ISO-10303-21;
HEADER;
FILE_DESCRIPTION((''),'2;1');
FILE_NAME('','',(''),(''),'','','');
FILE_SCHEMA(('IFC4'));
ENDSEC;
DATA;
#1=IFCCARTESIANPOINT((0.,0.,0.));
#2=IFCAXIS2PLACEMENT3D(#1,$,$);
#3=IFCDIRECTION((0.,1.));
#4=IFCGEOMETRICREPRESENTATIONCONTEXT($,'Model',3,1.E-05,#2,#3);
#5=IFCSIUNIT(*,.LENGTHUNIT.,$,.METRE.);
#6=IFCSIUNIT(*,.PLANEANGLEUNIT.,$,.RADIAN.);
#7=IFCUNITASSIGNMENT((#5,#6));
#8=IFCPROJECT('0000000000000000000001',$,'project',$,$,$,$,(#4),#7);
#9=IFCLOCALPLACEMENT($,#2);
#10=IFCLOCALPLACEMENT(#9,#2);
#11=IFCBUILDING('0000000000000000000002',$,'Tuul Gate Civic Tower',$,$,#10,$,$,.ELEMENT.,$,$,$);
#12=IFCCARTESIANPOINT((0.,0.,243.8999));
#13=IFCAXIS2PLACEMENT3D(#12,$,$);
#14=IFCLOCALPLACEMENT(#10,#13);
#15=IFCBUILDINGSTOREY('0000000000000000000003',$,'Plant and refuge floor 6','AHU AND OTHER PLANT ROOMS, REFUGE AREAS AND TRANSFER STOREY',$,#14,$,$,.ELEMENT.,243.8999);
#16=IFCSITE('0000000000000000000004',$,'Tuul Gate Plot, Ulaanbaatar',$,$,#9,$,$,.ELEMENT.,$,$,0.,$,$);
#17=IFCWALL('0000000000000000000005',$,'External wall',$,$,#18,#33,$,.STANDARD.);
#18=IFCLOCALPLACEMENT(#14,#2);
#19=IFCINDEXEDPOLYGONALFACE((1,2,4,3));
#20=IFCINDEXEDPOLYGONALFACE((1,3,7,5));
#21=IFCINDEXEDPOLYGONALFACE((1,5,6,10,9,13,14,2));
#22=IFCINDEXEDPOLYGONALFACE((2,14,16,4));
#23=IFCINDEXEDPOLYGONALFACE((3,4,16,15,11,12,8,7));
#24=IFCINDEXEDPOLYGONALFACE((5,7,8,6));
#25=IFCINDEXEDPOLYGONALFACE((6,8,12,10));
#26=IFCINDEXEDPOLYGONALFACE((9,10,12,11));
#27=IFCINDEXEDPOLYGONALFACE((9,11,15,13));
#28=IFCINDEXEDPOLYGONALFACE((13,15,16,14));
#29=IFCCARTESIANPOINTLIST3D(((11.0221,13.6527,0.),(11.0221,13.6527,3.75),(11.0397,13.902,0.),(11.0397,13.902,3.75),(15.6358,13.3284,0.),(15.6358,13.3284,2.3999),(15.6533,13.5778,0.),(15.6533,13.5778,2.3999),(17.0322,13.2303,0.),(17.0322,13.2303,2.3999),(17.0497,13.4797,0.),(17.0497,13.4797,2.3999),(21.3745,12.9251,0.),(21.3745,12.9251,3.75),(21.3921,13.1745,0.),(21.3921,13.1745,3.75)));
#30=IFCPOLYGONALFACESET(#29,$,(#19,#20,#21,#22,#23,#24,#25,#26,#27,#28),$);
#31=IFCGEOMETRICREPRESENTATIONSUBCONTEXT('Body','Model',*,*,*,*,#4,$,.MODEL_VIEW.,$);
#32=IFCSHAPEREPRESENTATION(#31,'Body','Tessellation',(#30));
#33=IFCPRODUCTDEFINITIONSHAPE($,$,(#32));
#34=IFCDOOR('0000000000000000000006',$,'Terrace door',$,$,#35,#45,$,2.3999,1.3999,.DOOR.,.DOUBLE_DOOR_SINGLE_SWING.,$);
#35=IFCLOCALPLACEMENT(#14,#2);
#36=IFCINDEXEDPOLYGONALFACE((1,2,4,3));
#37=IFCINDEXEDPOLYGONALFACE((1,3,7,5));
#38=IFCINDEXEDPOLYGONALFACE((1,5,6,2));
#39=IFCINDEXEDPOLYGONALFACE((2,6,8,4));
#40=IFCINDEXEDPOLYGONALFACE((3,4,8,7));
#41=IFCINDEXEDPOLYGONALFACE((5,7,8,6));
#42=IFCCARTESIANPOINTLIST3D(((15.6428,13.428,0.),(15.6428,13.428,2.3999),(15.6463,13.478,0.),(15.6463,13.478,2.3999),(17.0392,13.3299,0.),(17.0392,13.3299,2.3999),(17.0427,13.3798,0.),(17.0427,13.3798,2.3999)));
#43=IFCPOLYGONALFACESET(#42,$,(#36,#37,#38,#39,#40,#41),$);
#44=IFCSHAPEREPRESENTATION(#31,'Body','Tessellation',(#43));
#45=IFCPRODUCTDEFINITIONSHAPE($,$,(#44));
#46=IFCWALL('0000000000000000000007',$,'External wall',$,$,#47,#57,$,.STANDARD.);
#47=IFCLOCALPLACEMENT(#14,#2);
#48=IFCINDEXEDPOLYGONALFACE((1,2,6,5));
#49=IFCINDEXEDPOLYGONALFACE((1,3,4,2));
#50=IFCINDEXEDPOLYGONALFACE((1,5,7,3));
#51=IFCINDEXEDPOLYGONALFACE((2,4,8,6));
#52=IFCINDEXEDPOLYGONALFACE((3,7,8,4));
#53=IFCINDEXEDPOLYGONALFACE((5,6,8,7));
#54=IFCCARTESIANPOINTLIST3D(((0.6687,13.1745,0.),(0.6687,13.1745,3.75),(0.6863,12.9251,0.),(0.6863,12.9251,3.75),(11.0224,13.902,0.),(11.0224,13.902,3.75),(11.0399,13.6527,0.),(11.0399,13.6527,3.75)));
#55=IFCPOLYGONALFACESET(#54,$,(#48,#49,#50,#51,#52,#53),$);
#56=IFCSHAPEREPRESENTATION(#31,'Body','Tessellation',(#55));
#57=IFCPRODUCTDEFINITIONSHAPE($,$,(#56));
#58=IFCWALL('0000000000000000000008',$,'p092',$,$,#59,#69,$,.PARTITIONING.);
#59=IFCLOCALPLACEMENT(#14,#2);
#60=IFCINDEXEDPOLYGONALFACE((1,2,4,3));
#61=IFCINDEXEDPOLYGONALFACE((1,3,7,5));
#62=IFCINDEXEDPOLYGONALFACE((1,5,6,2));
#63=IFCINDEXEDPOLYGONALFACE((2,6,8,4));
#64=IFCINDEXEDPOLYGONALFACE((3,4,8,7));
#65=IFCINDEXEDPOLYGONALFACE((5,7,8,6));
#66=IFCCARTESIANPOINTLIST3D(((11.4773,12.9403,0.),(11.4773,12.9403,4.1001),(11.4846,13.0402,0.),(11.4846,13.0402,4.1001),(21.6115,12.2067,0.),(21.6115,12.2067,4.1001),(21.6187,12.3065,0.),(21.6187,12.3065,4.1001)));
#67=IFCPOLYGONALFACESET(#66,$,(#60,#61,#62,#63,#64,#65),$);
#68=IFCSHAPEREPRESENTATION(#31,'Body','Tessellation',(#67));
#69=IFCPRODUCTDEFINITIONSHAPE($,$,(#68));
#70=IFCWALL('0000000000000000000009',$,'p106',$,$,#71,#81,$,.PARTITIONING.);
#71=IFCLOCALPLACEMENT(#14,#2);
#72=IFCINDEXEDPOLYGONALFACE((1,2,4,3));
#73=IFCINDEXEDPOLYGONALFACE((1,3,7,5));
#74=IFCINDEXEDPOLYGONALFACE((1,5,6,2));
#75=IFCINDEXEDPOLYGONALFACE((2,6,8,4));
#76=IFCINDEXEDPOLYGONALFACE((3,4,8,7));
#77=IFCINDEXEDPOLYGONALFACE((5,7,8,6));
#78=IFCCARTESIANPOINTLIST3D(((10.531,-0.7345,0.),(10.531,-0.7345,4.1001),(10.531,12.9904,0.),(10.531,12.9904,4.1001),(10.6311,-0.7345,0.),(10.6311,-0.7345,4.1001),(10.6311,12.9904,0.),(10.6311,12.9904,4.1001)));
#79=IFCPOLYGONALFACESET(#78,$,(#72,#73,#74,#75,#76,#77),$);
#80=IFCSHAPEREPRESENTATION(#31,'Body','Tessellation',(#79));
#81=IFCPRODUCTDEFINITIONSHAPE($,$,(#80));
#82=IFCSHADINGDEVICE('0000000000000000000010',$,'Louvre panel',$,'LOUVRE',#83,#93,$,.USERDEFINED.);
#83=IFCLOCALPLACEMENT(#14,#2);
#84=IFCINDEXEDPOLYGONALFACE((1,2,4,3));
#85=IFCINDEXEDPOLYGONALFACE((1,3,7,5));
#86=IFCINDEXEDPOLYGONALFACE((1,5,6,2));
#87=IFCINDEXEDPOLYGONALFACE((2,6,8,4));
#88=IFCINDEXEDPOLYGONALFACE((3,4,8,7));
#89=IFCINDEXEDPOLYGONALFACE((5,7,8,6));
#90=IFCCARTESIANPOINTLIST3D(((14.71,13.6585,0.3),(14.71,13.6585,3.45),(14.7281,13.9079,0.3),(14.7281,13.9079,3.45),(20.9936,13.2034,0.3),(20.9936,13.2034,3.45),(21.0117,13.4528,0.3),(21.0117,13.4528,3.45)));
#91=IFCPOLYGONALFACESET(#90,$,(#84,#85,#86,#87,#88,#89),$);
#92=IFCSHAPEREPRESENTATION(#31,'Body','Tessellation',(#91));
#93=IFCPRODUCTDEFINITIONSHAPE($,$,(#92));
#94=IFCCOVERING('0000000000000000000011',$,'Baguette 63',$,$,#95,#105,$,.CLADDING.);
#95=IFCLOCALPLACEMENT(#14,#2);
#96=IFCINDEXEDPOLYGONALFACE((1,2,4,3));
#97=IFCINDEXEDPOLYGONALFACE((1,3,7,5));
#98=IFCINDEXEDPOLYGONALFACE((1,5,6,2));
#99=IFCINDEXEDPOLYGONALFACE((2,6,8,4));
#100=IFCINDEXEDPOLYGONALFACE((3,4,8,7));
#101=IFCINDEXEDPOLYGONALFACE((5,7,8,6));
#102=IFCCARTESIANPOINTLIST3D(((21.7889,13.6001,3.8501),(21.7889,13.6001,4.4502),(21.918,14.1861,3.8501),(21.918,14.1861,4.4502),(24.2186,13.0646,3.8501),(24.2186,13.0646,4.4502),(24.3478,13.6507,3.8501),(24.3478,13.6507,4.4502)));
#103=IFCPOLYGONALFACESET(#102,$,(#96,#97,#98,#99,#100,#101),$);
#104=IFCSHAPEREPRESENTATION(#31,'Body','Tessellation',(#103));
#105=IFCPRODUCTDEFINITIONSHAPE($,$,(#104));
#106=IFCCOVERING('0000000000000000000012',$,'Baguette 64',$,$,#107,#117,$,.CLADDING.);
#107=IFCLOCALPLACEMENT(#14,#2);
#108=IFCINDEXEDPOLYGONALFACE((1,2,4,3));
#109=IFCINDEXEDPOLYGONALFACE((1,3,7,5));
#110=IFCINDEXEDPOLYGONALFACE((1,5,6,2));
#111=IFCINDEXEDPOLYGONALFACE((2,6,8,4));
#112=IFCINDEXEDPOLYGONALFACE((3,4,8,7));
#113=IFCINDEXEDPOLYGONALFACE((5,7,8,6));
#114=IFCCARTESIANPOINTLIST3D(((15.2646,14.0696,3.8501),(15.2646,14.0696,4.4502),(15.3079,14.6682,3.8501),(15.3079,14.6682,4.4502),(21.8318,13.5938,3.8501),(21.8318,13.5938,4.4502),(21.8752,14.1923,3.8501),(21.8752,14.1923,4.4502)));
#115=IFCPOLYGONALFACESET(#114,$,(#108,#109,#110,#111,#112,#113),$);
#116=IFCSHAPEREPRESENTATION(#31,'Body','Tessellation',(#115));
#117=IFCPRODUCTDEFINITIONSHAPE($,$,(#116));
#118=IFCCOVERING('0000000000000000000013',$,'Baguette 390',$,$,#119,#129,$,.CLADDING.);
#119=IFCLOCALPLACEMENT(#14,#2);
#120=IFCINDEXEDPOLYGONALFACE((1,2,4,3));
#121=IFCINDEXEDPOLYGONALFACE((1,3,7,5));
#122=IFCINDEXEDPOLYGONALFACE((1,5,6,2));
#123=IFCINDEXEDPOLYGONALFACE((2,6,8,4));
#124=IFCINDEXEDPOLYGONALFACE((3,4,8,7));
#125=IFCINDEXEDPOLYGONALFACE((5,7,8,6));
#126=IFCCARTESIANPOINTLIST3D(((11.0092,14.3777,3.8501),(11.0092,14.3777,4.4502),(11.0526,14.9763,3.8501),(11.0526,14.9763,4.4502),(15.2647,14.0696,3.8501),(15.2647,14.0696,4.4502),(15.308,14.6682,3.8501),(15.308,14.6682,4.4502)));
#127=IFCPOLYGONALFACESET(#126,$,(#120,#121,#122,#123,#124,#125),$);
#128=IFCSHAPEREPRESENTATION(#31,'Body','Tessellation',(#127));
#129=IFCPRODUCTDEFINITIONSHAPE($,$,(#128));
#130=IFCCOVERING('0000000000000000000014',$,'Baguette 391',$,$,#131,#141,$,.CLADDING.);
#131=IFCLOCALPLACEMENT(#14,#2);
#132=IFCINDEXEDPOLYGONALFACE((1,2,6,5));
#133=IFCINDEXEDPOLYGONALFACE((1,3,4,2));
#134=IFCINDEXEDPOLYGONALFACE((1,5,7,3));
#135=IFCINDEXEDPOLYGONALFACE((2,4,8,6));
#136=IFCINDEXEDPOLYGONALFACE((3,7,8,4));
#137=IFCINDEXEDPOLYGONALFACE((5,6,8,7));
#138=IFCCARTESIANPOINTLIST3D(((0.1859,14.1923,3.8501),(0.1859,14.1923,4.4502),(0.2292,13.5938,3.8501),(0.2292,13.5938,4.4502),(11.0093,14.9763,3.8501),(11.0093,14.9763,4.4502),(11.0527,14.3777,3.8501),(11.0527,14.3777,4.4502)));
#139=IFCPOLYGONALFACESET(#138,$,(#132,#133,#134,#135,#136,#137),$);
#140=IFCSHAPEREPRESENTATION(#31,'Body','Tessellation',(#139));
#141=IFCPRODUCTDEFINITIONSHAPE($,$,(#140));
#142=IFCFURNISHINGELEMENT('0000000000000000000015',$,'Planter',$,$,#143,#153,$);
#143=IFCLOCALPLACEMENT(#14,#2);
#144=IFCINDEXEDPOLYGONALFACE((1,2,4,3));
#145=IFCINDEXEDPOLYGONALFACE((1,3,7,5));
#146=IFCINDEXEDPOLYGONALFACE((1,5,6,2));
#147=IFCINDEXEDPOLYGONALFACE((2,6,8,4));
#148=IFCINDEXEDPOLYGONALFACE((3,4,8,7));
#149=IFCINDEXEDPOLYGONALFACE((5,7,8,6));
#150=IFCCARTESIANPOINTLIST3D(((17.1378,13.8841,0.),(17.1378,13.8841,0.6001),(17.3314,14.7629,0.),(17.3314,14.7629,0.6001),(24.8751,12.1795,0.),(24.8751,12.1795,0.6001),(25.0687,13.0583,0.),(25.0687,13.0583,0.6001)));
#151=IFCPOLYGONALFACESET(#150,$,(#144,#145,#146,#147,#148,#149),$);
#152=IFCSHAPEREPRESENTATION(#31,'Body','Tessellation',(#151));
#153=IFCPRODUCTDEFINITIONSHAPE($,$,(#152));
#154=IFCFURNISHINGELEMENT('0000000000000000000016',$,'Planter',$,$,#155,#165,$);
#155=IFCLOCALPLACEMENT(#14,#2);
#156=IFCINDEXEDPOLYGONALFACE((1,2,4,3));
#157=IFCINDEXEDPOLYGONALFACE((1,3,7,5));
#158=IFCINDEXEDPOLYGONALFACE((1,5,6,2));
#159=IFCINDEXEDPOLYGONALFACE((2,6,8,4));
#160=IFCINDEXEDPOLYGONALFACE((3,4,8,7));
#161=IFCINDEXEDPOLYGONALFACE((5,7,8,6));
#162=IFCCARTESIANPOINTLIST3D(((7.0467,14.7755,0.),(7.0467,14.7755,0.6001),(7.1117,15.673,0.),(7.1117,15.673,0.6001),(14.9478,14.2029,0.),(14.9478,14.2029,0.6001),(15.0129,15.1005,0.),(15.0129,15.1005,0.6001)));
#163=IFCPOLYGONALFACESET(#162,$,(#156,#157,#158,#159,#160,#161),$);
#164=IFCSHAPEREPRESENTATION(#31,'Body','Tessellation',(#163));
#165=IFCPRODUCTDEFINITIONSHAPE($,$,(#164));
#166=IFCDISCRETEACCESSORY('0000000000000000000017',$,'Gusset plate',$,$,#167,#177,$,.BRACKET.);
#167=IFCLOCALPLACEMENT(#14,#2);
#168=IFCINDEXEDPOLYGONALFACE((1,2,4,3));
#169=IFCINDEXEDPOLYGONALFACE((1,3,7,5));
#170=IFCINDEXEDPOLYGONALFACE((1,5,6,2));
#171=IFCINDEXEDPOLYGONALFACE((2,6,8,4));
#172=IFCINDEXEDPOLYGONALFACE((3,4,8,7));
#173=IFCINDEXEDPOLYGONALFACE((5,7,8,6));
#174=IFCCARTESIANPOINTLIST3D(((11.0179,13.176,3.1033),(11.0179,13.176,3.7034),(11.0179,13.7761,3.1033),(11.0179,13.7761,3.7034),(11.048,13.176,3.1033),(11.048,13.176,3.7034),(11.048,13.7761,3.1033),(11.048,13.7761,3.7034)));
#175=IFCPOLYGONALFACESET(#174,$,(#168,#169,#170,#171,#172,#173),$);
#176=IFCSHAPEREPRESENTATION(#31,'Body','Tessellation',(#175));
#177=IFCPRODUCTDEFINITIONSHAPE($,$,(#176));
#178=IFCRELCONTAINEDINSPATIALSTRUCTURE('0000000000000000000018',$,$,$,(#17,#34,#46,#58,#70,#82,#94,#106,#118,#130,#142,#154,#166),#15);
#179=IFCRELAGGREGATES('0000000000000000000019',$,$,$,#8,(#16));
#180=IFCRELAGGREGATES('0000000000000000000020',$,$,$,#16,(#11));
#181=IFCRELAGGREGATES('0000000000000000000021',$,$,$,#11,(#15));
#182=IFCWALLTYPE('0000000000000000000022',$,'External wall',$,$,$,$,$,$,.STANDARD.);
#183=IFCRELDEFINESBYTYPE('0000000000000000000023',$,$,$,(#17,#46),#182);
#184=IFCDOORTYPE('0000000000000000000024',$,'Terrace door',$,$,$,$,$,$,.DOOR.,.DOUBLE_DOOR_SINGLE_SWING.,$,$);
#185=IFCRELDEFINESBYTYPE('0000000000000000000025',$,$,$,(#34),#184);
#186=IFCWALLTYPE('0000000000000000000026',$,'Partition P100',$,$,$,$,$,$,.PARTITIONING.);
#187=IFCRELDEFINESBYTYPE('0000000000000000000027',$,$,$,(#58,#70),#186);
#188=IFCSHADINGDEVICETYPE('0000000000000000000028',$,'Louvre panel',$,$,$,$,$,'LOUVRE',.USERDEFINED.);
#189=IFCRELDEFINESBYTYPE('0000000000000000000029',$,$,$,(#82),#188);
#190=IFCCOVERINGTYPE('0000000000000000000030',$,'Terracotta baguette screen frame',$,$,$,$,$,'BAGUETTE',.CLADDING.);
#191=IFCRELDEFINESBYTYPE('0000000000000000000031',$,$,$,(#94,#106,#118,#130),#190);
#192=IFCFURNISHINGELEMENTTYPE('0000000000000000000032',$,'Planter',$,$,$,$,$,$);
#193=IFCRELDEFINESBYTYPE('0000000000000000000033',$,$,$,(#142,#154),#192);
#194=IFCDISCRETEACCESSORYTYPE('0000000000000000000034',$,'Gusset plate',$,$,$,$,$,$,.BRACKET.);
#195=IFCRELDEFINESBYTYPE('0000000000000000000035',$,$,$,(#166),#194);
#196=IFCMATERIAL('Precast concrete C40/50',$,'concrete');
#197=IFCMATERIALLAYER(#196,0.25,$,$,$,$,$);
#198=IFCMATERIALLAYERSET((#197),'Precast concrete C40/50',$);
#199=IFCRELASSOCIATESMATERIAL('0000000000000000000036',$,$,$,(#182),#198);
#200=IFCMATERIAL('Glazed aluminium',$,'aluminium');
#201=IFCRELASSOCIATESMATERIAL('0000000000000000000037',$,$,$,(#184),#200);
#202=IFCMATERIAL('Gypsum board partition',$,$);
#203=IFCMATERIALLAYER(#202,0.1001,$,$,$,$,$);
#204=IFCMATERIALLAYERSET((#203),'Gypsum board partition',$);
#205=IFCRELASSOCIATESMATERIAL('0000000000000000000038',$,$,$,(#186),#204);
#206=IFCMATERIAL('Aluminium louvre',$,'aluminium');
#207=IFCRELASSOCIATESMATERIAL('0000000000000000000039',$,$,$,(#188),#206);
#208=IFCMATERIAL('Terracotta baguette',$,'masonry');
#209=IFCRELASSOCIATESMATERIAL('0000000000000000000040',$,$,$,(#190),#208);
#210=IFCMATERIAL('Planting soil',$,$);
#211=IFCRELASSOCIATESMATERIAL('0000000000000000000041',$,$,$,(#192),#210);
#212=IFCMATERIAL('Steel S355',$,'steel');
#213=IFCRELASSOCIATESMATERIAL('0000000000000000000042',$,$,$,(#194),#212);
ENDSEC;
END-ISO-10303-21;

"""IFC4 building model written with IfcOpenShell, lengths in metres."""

from ifc_helpers import new_model, si_unit, direction, frame, frame_2d, origin, origin_2d, place, context, subcontext, project, spatial, rectangle, extrude, material, layer, layer_set, material_profile, profile_set, type_object, element, fill, save


model = new_model("IFC4")

# Units and contexts
model_context = context("Model", 3, precision=1e-05, world=origin(), true_north=direction((0.0, 1.0)))
body_context = subcontext(model_context, "Body", "Model", "MODEL_VIEW")
ifc_project = project(units=[si_unit("LENGTHUNIT", "METRE"), si_unit("PLANEANGLEUNIT", "RADIAN")], contexts=[model_context])

# Site, building, storey
site_placement = place(None, origin())
site = spatial("IfcSite", under=ifc_project, at=site_placement, Name="Tuul Gate Plot, Ulaanbaatar", CompositionType="ELEMENT", RefElevation=0.0)
building_placement = place(site_placement, origin())
building = spatial("IfcBuilding", under=site, at=building_placement, Name="Tuul Gate Civic Tower", CompositionType="ELEMENT")
storey_placement = place(building_placement, frame((0.0, 0.0, 243.8999)))
storey = spatial("IfcBuildingStorey", under=building, at=storey_placement, Name="Plant and refuge floor 6", Description="AHU AND OTHER PLANT ROOMS, REFUGE AREAS AND TRANSFER STOREY", CompositionType="ELEMENT", Elevation=243.8999)

# Wall, opening, door
ifc_material_1 = material(Name="Precast concrete C40/50", Category="concrete")
ifc_layer_1 = layer(ifc_material_1, 0.25)
ifc_layer_set_1 = layer_set([ifc_layer_1], Name="Precast concrete C40/50")
wall_type_1 = type_object("IfcWallType", Name="External wall", PredefinedType="STANDARD", material=ifc_layer_set_1)
wall_1_placement = place(storey_placement, frame((21.3833, 13.0498, 0.0), z_axis=(0.0, 0.0, 1.0), x_axis=(-0.99754, 0.070105, 0.0)))
wall_1 = element("IfcWall", 1, at=wall_1_placement, inside=storey, type_object=wall_type_1, Name="External wall", PredefinedType="STANDARD", context=body_context, shape_type="SweptSolid", body=[
    extrude(rectangle(XDim=10.3779, YDim=0.25, at=frame_2d((5.189, 0.0))), origin(), (0.0, 0.0, 1.0), 3.75),
])
opening_placement = place(wall_1_placement, frame((4.353, 0.0, 0.0)))
opening = element("IfcOpeningElement", 2, at=opening_placement, cuts=wall_1, PredefinedType="OPENING", context=body_context, shape_type="SweptSolid", body=[
    extrude(rectangle(XDim=1.3999, YDim=2.3999, at=frame_2d((0.7, 1.2))), frame((0.0, 0.135, 0.0), z_axis=(0.0, -1.0, 0.0), x_axis=(1.0, 0.0, 0.0)), (0.0, 0.0, 1.0), 0.27),
])
ifc_material_2 = material(Name="Glazed aluminium", Category="aluminium")
door_type = type_object("IfcDoorType", Name="Terrace door", OperationType="DOUBLE_DOOR_SINGLE_SWING", PredefinedType="DOOR", material=ifc_material_2)
door_placement = place(opening_placement, frame((1.3999, 0.0, 0.0), z_axis=(0.0, 0.0, 1.0), x_axis=(-1.0, 0.0, 0.0)))
door = element("IfcDoor", 3, at=door_placement, inside=storey, type_object=door_type, Name="Terrace door", OperationType="DOUBLE_DOOR_SINGLE_SWING", OverallHeight=2.3999, OverallWidth=1.3999, PredefinedType="DOOR", context=body_context, shape_type="SweptSolid", body=[
    extrude(rectangle(XDim=1.3999, YDim=2.3999, at=frame_2d((0.7, 1.2))), frame((0.0, 0.0249, 0.0), z_axis=(0.0, -1.0, 0.0), x_axis=(1.0, 0.0, 0.0)), (0.0, 0.0, 1.0), 0.05),
])
fill(opening, door)

# Walls
wall_2_placement = place(storey_placement, frame((11.031, 13.7773, 0.0), z_axis=(0.0, 0.0, 1.0), x_axis=(-0.99754, -0.070097, 0.0)))
element("IfcWall", 4, at=wall_2_placement, inside=storey, type_object=wall_type_1, Name="External wall", PredefinedType="STANDARD", context=body_context, shape_type="SweptSolid", body=[
    extrude(rectangle(XDim=10.3792, YDim=0.25, at=frame_2d((5.1895, 0.0))), origin(), (0.0, 0.0, 1.0), 3.75),
])
ifc_material_3 = material(Name="Gypsum board partition")
ifc_layer_2 = layer(ifc_material_3, 0.1001)
ifc_layer_set_2 = layer_set([ifc_layer_2], Name="Gypsum board partition")
wall_type_2 = type_object("IfcWallType", Name="Partition P100", PredefinedType="PARTITIONING", material=ifc_layer_set_2)
wall_3_placement = place(storey_placement, frame((11.481, 12.9902, 0.0), z_axis=(0.0, 0.0, 1.0), x_axis=(0.99739, -0.072205, 0.0)))
element("IfcWall", 5, at=wall_3_placement, inside=storey, type_object=wall_type_2, Name="p092", PredefinedType="PARTITIONING", context=body_context, shape_type="SweptSolid", body=[
    extrude(rectangle(XDim=10.1606, YDim=0.1001, at=frame_2d((5.0803, 0.0))), origin(), (0.0, 0.0, 1.0), 4.1001),
])
wall_4_placement = place(storey_placement, frame((10.5811, 12.9902, 0.0), z_axis=(0.0, 0.0, 1.0), x_axis=(0.0, -1.0, 0.0)))
element("IfcWall", 6, at=wall_4_placement, inside=storey, type_object=wall_type_2, Name="p106", PredefinedType="PARTITIONING", context=body_context, shape_type="SweptSolid", body=[
    extrude(rectangle(XDim=13.7249, YDim=0.1001, at=frame_2d((6.8623, 0.0))), origin(), (0.0, 0.0, 1.0), 4.1001),
])

# Shading device
ifc_material_4 = material(Name="Aluminium louvre", Category="aluminium")
shading_device_type = type_object("IfcShadingDeviceType", Name="Louvre panel", ElementType="LOUVRE", PredefinedType="USERDEFINED", material=ifc_material_4)
shading_device_placement = place(storey_placement, frame((17.8608, 13.5557, 0.3), z_axis=(0.0, 0.0, 1.0), x_axis=(0.072239, 0.997387, 0.0)))
element("IfcShadingDevice", 7, at=shading_device_placement, inside=storey, type_object=shading_device_type, Name="Louvre panel", ObjectType="LOUVRE", PredefinedType="USERDEFINED", context=body_context, shape_type="SweptSolid", body=[
    extrude(rectangle(XDim=0.25, YDim=6.3, at=origin_2d()), origin(), (0.0, 0.0, 1.0), 3.1499),
])

# Coverings
ifc_material_5 = material(Name="Terracotta baguette", Category="masonry")
ifc_material_profile_1 = material_profile(ifc_material_5, rectangle(XDim=0.6001, YDim=0.6001, at=origin_2d()), Name="Terracotta baguette screen frame")
ifc_profile_set_1 = profile_set([ifc_material_profile_1], Name="Terracotta baguette")
covering_type = type_object("IfcCoveringType", Name="Terracotta baguette screen frame", ElementType="BAGUETTE", PredefinedType="CLADDING", material=ifc_profile_set_1)
covering_1_placement = place(storey_placement, frame((24.2832, 13.3577, 4.1501), z_axis=(-0.976571, 0.215195, 0.0), x_axis=(-0.215195, -0.976571, 0.0)))
element("IfcCovering", 8, at=covering_1_placement, inside=storey, type_object=covering_type, Name="Baguette 63", PredefinedType="CLADDING", context=body_context, shape_type="SweptSolid", body=[
    extrude(rectangle(XDim=0.6001, YDim=0.6001, at=origin_2d()), origin(), (0.0, 0.0, 1.0), 2.488),
])
covering_2_placement = place(storey_placement, frame((21.8535, 13.8931, 4.1501), z_axis=(-0.997385, 0.072267, 0.0), x_axis=(-0.072267, -0.997385, 0.0)))
element("IfcCovering", 9, at=covering_2_placement, inside=storey, type_object=covering_type, Name="Baguette 64", PredefinedType="CLADDING", context=body_context, shape_type="SweptSolid", body=[
    extrude(rectangle(XDim=0.6001, YDim=0.6001, at=origin_2d()), origin(), (0.0, 0.0, 1.0), 6.5845),
])
covering_3_placement = place(storey_placement, frame((15.2864, 14.3689, 4.1501), z_axis=(-0.997389, 0.072215, 0.0), x_axis=(-0.072215, -0.997389, 0.0)))
element("IfcCovering", 10, at=covering_3_placement, inside=storey, type_object=covering_type, Name="Baguette 390", PredefinedType="CLADDING", context=body_context, shape_type="SweptSolid", body=[
    extrude(rectangle(XDim=0.6001, YDim=0.6001, at=origin_2d()), origin(), (0.0, 0.0, 1.0), 4.2666),
])
covering_4_placement = place(storey_placement, frame((11.031, 14.677, 4.1501), z_axis=(-0.997387, -0.07224, 0.0), x_axis=(0.07224, -0.997387, 0.0)))
element("IfcCovering", 11, at=covering_4_placement, inside=storey, type_object=covering_type, Name="Baguette 391", PredefinedType="CLADDING", context=body_context, shape_type="SweptSolid", body=[
    extrude(rectangle(XDim=0.6001, YDim=0.6001, at=origin_2d()), origin(), (0.0, 0.0, 1.0), 10.8518),
])

# Furnishing elements
ifc_material_6 = material(Name="Planting soil")
furnishing_element_type = type_object("IfcFurnishingElementType", Name="Planter", material=ifc_material_6)
furnishing_1_placement = place(storey_placement, frame((21.1033, 13.4712, 0.0), z_axis=(0.0, 0.0, 1.0), x_axis=(-0.97658, 0.215156, 0.0)))
element("IfcFurnishingElement", 12, at=furnishing_1_placement, inside=storey, type_object=furnishing_element_type, Name="Planter", context=body_context, shape_type="SweptSolid", body=[
    extrude(rectangle(XDim=7.9229, YDim=0.8999, at=origin_2d()), origin(), (0.0, 0.0, 1.0), 0.6001),
])
furnishing_2_placement = place(storey_placement, frame((11.0298, 14.938, 0.0), z_axis=(0.0, 0.0, 1.0), x_axis=(-0.997385, 0.072273, 0.0)))
element("IfcFurnishingElement", 13, at=furnishing_2_placement, inside=storey, type_object=furnishing_element_type, Name="Planter", context=body_context, shape_type="SweptSolid", body=[
    extrude(rectangle(XDim=7.9219, YDim=0.8999, at=origin_2d()), origin(), (0.0, 0.0, 1.0), 0.6001),
])

# Discrete accessory
ifc_material_7 = material(Name="Steel S355", Category="steel")
discrete_accessory_type_1 = type_object("IfcDiscreteAccessoryType", Name="Gusset plate", PredefinedType="BRACKET", material=ifc_material_7)
for number, where, z_axis, x_axis, name in (
    (14, (11.033, 13.4761, 3.1033), (0.0, 0.0, 1.0), (0.0, -1.0, 0.0), "Gusset plate"),
):
    element("IfcDiscreteAccessory", number, at=place(storey_placement, frame(where, z_axis=z_axis, x_axis=x_axis)), inside=storey, type_object=discrete_accessory_type_1, Name=name, PredefinedType="BRACKET", context=body_context, shape_type="SweptSolid", body=[
        extrude(rectangle(XDim=0.6001, YDim=0.03, at=origin_2d()), origin(), (0.0, 0.0, 1.0), 0.6001),
    ])

save(model, "model.ifc")
